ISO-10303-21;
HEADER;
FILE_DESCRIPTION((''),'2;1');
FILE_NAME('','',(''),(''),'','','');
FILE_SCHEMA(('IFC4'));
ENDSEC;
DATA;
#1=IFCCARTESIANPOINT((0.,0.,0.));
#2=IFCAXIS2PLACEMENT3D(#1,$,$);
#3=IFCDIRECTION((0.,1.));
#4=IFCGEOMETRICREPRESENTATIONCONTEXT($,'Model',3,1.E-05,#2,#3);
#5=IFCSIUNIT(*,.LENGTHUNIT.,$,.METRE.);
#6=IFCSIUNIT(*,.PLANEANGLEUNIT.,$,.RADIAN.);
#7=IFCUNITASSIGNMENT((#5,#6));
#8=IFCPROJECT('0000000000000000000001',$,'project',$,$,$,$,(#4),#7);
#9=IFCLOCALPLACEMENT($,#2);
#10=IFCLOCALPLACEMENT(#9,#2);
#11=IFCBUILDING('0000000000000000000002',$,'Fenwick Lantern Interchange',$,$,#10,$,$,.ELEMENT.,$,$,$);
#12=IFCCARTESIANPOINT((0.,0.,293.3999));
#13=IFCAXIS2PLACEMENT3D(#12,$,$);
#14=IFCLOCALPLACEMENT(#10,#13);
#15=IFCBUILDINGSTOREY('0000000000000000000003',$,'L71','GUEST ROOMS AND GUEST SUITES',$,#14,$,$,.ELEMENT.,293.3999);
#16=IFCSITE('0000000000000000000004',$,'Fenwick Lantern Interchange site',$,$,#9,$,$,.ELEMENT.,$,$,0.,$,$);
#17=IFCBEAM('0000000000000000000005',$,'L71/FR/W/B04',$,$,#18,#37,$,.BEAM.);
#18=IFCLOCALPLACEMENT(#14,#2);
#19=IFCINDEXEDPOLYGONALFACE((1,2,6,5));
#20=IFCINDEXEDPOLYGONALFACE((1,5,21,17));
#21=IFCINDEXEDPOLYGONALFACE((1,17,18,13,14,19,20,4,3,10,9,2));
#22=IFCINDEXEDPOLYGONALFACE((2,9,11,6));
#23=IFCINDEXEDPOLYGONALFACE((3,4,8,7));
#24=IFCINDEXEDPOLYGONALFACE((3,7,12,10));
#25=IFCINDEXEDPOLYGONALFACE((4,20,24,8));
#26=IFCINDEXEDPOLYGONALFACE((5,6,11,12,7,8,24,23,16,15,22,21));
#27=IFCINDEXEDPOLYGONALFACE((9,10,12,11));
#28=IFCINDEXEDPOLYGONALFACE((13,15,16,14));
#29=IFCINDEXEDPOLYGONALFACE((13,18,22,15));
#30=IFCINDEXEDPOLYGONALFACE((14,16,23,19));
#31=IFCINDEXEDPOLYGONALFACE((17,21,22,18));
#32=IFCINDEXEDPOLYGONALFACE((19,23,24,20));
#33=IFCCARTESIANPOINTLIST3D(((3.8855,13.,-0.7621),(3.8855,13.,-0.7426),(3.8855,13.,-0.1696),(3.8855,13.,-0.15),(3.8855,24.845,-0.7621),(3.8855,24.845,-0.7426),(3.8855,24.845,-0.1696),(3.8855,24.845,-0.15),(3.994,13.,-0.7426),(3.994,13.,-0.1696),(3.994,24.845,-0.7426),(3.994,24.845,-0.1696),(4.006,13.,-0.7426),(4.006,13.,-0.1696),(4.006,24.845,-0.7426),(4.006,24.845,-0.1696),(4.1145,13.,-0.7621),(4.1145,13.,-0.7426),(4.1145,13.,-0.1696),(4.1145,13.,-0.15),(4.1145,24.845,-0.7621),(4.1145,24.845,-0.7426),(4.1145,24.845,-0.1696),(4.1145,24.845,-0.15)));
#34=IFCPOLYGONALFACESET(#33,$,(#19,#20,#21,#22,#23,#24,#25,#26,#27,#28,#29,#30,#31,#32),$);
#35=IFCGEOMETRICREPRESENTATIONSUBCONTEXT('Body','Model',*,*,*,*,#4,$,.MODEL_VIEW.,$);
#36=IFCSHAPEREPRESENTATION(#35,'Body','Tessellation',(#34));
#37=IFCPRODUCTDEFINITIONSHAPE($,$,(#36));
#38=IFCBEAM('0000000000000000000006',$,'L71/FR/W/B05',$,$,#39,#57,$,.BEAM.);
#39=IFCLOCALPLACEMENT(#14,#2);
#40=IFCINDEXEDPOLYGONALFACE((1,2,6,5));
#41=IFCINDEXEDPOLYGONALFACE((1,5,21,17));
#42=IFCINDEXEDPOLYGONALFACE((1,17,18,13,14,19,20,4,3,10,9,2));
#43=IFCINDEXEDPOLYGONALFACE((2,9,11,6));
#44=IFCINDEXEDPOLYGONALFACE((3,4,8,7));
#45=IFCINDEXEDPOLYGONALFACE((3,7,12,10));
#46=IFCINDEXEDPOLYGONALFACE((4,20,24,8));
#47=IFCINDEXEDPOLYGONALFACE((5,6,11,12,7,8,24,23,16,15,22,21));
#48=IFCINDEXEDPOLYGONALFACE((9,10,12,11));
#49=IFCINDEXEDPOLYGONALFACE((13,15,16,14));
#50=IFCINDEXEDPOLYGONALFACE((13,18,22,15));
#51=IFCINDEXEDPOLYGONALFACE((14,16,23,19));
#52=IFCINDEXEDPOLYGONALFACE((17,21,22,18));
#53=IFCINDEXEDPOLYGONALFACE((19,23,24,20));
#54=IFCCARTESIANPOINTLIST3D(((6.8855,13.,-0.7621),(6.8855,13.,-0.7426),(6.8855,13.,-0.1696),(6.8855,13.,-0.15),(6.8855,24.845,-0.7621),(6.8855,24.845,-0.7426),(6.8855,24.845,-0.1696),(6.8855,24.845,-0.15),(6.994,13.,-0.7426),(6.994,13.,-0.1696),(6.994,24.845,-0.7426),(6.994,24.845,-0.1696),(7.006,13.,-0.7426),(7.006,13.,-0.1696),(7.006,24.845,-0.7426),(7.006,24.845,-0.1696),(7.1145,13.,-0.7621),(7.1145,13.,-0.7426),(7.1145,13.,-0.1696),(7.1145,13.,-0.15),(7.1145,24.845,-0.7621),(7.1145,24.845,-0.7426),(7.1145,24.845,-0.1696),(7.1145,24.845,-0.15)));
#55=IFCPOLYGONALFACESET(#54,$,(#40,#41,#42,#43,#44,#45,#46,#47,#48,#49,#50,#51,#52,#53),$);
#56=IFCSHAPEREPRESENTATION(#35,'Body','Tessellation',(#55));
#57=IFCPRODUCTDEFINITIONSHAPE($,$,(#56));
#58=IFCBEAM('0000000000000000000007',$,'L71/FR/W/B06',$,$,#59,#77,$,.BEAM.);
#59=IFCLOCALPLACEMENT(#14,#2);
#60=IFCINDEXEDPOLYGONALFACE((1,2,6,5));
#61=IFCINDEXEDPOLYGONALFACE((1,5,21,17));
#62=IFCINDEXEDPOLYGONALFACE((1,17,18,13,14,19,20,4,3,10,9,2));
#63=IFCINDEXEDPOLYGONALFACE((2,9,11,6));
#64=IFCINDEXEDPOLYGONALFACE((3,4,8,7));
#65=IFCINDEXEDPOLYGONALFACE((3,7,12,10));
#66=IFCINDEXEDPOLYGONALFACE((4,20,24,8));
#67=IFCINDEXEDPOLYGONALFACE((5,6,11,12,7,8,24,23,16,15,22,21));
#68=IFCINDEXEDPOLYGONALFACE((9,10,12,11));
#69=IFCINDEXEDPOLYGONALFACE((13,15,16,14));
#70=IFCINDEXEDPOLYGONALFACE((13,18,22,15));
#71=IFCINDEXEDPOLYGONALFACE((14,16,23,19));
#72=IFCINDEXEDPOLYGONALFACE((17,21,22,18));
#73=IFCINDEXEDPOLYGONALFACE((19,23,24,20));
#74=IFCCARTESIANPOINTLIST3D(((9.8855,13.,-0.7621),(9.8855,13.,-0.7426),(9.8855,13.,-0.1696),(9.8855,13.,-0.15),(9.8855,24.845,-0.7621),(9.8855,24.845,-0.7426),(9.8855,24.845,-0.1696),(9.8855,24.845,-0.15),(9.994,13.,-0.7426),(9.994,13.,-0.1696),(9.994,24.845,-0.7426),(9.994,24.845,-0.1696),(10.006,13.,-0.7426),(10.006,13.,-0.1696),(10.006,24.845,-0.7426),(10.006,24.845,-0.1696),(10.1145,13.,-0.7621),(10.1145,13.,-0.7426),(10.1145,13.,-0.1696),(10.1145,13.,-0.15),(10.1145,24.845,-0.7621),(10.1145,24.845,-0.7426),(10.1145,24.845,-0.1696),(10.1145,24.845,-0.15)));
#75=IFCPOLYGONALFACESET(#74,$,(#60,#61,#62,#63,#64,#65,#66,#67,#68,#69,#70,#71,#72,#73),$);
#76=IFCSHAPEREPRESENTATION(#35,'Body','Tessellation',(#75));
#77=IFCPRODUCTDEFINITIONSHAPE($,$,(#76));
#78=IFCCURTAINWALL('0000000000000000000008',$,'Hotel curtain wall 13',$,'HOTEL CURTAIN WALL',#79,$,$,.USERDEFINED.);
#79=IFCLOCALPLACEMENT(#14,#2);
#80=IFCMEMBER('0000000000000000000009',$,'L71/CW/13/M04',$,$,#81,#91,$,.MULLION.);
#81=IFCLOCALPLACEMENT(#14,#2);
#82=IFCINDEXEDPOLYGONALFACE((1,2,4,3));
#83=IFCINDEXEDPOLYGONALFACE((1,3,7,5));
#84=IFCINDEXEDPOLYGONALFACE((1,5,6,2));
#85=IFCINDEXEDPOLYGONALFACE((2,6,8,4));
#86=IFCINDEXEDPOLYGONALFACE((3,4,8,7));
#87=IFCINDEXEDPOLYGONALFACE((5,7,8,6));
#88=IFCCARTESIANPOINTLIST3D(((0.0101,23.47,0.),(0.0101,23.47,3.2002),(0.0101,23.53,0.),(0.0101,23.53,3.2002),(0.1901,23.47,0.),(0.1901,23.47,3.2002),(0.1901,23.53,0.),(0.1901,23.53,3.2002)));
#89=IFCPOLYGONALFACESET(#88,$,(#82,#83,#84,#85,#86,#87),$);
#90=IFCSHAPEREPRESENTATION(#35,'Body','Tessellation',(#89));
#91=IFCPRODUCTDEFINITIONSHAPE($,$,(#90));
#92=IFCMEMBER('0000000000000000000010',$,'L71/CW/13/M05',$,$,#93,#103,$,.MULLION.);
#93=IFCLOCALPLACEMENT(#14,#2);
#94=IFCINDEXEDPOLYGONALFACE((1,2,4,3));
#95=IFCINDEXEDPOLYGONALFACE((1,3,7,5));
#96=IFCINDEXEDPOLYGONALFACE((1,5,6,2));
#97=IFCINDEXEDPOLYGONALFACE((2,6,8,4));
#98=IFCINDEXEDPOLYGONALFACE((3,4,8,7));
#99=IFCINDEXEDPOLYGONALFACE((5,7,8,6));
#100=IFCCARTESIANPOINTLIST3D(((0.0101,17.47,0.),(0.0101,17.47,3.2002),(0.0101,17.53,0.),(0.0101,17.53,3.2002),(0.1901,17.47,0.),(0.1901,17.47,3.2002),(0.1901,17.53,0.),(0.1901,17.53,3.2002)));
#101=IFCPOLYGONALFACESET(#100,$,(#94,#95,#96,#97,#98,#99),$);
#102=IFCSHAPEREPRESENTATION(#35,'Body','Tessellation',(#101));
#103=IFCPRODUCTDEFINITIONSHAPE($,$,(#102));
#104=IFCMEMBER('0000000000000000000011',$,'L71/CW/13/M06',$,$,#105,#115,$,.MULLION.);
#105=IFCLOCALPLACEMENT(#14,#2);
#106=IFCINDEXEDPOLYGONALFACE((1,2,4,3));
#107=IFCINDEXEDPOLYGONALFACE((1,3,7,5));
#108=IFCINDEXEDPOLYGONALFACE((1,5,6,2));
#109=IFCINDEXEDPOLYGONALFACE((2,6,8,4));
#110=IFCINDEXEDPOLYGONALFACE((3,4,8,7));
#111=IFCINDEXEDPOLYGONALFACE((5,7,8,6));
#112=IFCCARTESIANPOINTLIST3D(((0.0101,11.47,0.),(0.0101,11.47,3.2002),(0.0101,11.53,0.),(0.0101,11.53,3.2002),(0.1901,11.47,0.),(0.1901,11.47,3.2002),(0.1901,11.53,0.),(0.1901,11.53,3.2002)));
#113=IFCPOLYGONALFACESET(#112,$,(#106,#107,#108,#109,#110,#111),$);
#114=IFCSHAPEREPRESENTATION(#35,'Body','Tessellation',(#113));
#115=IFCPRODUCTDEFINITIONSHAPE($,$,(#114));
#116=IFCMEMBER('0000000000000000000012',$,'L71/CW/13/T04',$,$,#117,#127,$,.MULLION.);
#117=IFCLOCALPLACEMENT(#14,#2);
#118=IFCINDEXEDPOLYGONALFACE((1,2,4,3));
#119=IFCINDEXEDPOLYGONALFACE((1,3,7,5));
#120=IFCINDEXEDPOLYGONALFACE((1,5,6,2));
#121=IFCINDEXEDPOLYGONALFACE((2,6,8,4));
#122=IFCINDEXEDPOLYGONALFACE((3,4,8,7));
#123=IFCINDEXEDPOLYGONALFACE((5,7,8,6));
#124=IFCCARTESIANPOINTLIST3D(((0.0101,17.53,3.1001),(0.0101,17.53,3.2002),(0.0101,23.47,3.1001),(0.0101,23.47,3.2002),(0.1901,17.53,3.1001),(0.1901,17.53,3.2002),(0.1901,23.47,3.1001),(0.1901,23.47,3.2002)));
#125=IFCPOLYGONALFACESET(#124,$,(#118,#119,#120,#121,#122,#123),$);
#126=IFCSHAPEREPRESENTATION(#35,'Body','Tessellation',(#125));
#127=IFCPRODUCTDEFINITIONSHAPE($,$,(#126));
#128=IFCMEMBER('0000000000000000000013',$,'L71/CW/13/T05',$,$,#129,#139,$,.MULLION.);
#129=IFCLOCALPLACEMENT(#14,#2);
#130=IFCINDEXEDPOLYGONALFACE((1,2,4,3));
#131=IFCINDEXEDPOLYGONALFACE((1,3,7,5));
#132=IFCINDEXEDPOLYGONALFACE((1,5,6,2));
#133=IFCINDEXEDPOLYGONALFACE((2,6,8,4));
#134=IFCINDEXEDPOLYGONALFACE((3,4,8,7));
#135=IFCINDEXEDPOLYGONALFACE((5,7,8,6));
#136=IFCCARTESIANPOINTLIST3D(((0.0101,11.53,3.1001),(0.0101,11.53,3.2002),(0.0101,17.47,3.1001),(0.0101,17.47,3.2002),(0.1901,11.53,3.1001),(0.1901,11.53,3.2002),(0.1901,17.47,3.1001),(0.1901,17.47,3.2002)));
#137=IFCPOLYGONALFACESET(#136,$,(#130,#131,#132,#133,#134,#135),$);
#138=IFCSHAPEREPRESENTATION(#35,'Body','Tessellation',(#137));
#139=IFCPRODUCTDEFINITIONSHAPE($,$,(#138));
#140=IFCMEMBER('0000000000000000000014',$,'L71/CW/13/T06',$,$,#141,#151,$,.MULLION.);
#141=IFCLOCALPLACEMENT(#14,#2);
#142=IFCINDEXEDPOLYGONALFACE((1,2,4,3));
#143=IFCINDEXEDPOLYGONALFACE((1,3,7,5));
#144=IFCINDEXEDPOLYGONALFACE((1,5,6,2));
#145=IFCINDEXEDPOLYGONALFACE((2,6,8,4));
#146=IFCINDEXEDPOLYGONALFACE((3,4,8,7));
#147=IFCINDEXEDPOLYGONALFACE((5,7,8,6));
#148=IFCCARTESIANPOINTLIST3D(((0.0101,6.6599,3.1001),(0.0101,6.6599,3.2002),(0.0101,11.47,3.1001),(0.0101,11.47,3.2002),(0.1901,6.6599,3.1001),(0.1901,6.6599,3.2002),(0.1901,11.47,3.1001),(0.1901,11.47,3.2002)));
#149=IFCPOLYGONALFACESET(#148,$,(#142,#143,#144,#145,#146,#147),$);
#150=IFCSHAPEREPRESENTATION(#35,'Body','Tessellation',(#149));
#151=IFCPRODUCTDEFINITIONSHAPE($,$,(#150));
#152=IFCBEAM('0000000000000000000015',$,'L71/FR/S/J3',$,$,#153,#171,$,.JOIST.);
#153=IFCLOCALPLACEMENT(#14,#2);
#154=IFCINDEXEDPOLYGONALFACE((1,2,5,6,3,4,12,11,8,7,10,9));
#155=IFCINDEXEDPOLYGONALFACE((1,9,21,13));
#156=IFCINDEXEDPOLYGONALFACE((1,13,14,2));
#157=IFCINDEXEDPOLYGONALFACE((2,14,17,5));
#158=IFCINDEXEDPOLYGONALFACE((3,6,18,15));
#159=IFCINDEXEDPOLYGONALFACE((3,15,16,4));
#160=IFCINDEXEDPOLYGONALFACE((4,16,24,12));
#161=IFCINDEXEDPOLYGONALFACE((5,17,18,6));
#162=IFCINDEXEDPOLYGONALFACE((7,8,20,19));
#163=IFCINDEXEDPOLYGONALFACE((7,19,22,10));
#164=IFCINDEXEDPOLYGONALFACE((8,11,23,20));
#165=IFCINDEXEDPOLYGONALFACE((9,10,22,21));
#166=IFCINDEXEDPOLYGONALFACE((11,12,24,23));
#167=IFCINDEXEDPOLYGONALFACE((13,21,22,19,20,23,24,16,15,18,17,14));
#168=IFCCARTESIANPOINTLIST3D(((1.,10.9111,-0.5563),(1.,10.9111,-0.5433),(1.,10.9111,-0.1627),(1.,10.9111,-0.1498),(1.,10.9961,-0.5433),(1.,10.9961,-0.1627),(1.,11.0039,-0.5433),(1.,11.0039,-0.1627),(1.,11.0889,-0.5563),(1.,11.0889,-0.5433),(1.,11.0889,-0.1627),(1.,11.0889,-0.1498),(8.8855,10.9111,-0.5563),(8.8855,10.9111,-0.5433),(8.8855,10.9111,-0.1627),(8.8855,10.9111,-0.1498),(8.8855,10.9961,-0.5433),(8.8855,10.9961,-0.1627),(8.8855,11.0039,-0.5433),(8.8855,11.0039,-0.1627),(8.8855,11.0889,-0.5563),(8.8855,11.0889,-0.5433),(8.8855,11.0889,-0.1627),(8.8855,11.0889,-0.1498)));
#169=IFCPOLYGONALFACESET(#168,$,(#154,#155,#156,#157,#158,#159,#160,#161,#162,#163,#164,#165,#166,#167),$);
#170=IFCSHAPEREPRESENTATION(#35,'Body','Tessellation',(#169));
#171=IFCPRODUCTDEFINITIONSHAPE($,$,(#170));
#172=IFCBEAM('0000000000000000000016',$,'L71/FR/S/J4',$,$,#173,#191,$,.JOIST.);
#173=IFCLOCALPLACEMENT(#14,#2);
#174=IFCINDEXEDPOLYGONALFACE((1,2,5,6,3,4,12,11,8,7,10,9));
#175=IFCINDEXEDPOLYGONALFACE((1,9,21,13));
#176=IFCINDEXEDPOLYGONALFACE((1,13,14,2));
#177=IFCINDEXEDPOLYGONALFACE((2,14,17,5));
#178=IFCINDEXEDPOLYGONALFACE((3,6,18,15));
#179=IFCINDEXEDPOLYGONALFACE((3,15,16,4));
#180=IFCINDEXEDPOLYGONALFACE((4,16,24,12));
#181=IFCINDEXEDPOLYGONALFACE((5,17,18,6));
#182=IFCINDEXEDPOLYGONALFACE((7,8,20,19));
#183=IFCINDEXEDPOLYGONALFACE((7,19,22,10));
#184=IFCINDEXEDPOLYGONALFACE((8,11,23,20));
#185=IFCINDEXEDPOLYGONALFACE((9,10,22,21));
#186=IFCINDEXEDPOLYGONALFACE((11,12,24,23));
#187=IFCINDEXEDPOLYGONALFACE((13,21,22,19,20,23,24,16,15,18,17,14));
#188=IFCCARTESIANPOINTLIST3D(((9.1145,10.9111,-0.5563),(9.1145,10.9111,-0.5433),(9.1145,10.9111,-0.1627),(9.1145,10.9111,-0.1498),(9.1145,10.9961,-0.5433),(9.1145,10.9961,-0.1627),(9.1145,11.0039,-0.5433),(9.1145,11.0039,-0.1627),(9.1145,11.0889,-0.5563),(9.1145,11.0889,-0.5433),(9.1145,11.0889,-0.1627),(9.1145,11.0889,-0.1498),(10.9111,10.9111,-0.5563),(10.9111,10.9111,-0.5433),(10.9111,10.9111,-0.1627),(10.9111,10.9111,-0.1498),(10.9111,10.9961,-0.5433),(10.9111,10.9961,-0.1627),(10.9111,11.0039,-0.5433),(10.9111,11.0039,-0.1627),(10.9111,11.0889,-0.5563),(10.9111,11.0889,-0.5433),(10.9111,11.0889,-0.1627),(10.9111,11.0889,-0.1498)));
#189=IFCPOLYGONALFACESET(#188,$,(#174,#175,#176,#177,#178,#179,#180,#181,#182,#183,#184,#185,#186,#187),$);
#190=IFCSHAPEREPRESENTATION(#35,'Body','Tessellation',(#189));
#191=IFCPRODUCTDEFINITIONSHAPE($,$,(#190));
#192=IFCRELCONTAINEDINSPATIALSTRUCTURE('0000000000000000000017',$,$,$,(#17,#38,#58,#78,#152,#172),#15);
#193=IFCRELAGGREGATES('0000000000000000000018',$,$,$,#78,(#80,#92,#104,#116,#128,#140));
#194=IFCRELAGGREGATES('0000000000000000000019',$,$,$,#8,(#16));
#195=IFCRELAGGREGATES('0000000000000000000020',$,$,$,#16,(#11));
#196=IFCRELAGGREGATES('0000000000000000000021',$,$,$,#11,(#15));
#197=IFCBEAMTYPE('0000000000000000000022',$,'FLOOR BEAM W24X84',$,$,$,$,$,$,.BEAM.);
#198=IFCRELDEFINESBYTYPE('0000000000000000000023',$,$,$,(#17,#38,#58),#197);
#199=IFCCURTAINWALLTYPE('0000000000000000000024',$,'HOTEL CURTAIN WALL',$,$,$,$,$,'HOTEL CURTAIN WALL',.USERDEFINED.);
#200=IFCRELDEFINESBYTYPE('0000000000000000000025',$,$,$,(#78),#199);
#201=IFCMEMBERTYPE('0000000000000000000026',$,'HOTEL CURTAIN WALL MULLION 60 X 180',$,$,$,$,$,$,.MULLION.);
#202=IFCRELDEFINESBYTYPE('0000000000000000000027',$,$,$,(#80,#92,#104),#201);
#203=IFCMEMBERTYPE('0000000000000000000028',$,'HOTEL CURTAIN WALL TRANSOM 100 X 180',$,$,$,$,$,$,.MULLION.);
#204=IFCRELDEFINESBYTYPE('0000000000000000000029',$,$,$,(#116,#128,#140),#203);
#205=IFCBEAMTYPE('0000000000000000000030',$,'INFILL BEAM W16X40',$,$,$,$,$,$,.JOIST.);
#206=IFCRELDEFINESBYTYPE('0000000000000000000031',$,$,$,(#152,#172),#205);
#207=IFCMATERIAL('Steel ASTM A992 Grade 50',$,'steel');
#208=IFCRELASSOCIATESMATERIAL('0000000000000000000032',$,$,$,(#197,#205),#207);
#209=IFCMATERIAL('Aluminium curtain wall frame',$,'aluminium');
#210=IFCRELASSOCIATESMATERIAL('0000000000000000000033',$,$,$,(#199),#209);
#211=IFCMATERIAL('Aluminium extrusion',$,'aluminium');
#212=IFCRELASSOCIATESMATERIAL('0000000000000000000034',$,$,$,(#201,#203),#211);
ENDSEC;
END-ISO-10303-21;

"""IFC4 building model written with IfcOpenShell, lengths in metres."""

from ifc_helpers import new_model, si_unit, direction, frame, origin, origin_2d, place, context, subcontext, project, spatial, rectangle, i_section, extrude, material, material_profile, profile_set, type_object, element, aggregate, save


model = new_model("IFC4")

# Units and contexts
model_context = context("Model", 3, precision=1e-05, world=origin(), true_north=direction((0.0, 1.0)))
body_context = subcontext(model_context, "Body", "Model", "MODEL_VIEW")
ifc_project = project(units=[si_unit("LENGTHUNIT", "METRE"), si_unit("PLANEANGLEUNIT", "RADIAN")], contexts=[model_context])

# Site, building, storey
site_placement = place(None, origin())
site = spatial("IfcSite", under=ifc_project, at=site_placement, Name="Fenwick Lantern Interchange site", CompositionType="ELEMENT", RefElevation=0.0)
building_placement = place(site_placement, origin())
building = spatial("IfcBuilding", under=site, at=building_placement, Name="Fenwick Lantern Interchange", CompositionType="ELEMENT")
storey_placement = place(building_placement, frame((0.0, 0.0, 293.3999)))
storey = spatial("IfcBuildingStorey", under=building, at=storey_placement, Name="L71", Description="GUEST ROOMS AND GUEST SUITES", CompositionType="ELEMENT", Elevation=293.3999)

# Shared definitions
ifc_material_1 = material(Name="Steel ASTM A992 Grade 50", Category="steel")

# Beams
ifc_material_profile_1 = material_profile(ifc_material_1, i_section(OverallWidth=0.229, OverallDepth=0.6121, WebThickness=0.012, FlangeThickness=0.0195, at=origin_2d()), Name="W24X84")
ifc_profile_set_1 = profile_set([ifc_material_profile_1], Name="Steel ASTM A992 Grade 50")
beam_type_1 = type_object("IfcBeamType", Name="FLOOR BEAM W24X84", PredefinedType="BEAM", material=ifc_profile_set_1)
for number, where, z_axis, x_axis, name in (
    (1, (4.0, 24.845, -0.4561), (0.0, -1.0, 0.0), (1.0, 0.0, 0.0), "L71/FR/W/B04"),
    (2, (7.0, 24.845, -0.4561), (0.0, -1.0, 0.0), (1.0, 0.0, 0.0), "L71/FR/W/B05"),
    (3, (10.0, 24.845, -0.4561), (0.0, -1.0, 0.0), (1.0, 0.0, 0.0), "L71/FR/W/B06"),
):
    element("IfcBeam", number, at=place(storey_placement, frame(where, z_axis=z_axis, x_axis=x_axis)), inside=storey, type_object=beam_type_1, Name=name, PredefinedType="BEAM", context=body_context, shape_type="SweptSolid", body=[
        extrude(i_section(OverallWidth=0.229, OverallDepth=0.6121, WebThickness=0.012, FlangeThickness=0.0195, at=origin_2d()), origin(), (0.0, 0.0, 1.0), 11.845),
    ])

# Curtain wall, members
ifc_material_2 = material(Name="Aluminium curtain wall frame", Category="aluminium")
curtain_wall_type = type_object("IfcCurtainWallType", Name="HOTEL CURTAIN WALL", ElementType="HOTEL CURTAIN WALL", PredefinedType="USERDEFINED", material=ifc_material_2)
curtain_wall_placement = place(storey_placement, origin())
curtain_wall = element("IfcCurtainWall", 4, at=curtain_wall_placement, inside=storey, type_object=curtain_wall_type, Name="Hotel curtain wall 13", ObjectType="HOTEL CURTAIN WALL", PredefinedType="USERDEFINED")
ifc_material_3 = material(Name="Aluminium extrusion", Category="aluminium")
ifc_material_profile_2 = material_profile(ifc_material_3, rectangle(XDim=0.1799, YDim=0.0601, at=origin_2d()), Name="HOTEL CURTAIN WALL MULLION 60 X 180")
ifc_profile_set_2 = profile_set([ifc_material_profile_2], Name="Aluminium extrusion")
member_type_1 = type_object("IfcMemberType", Name="HOTEL CURTAIN WALL MULLION 60 X 180", PredefinedType="MULLION", material=ifc_profile_set_2)
member_1_placement = place(storey_placement, frame((0.1001, 23.5, 0.0), z_axis=(0.0, 0.0, 1.0), x_axis=(1.0, 0.0, 0.0)))
member_1 = element("IfcMember", 5, at=member_1_placement, type_object=member_type_1, Name="L71/CW/13/M04", PredefinedType="MULLION", context=body_context, shape_type="SweptSolid", body=[
    extrude(rectangle(XDim=0.1799, YDim=0.0601, at=origin_2d()), origin(), (0.0, 0.0, 1.0), 3.2002),
])
member_2_placement = place(storey_placement, frame((0.1001, 17.5, 0.0), z_axis=(0.0, 0.0, 1.0), x_axis=(1.0, 0.0, 0.0)))
member_2 = element("IfcMember", 6, at=member_2_placement, type_object=member_type_1, Name="L71/CW/13/M05", PredefinedType="MULLION", context=body_context, shape_type="SweptSolid", body=[
    extrude(rectangle(XDim=0.1799, YDim=0.0601, at=origin_2d()), origin(), (0.0, 0.0, 1.0), 3.2002),
])
member_3_placement = place(storey_placement, frame((0.1001, 11.5, 0.0), z_axis=(0.0, 0.0, 1.0), x_axis=(1.0, 0.0, 0.0)))
member_3 = element("IfcMember", 7, at=member_3_placement, type_object=member_type_1, Name="L71/CW/13/M06", PredefinedType="MULLION", context=body_context, shape_type="SweptSolid", body=[
    extrude(rectangle(XDim=0.1799, YDim=0.0601, at=origin_2d()), origin(), (0.0, 0.0, 1.0), 3.2002),
])
ifc_material_profile_3 = material_profile(ifc_material_3, rectangle(XDim=0.1799, YDim=0.1001, at=origin_2d()), Name="HOTEL CURTAIN WALL TRANSOM 100 X 180")
ifc_profile_set_3 = profile_set([ifc_material_profile_3], Name="Aluminium extrusion")
member_type_2 = type_object("IfcMemberType", Name="HOTEL CURTAIN WALL TRANSOM 100 X 180", PredefinedType="MULLION", material=ifc_profile_set_3)
member_4_placement = place(storey_placement, frame((0.1001, 23.47, 3.1501), z_axis=(0.0, -1.0, 0.0), x_axis=(1.0, 0.0, 0.0)))
member_4 = element("IfcMember", 8, at=member_4_placement, type_object=member_type_2, Name="L71/CW/13/T04", PredefinedType="MULLION", context=body_context, shape_type="SweptSolid", body=[
    extrude(rectangle(XDim=0.1799, YDim=0.1001, at=origin_2d()), origin(), (0.0, 0.0, 1.0), 5.9399),
])
member_5_placement = place(storey_placement, frame((0.1001, 17.47, 3.1501), z_axis=(0.0, -1.0, 0.0), x_axis=(1.0, 0.0, 0.0)))
member_5 = element("IfcMember", 9, at=member_5_placement, type_object=member_type_2, Name="L71/CW/13/T05", PredefinedType="MULLION", context=body_context, shape_type="SweptSolid", body=[
    extrude(rectangle(XDim=0.1799, YDim=0.1001, at=origin_2d()), origin(), (0.0, 0.0, 1.0), 5.9399),
])
member_6_placement = place(storey_placement, frame((0.1001, 11.47, 3.1501), z_axis=(0.0, -1.0, 0.0), x_axis=(1.0, 0.0, 0.0)))
member_6 = element("IfcMember", 10, at=member_6_placement, type_object=member_type_2, Name="L71/CW/13/T06", PredefinedType="MULLION", context=body_context, shape_type="SweptSolid", body=[
    extrude(rectangle(XDim=0.1799, YDim=0.1001, at=origin_2d()), origin(), (0.0, 0.0, 1.0), 4.8101),
])
aggregate(curtain_wall, [member_1, member_2, member_3, member_4, member_5, member_6])

# Beams
ifc_material_profile_4 = material_profile(ifc_material_1, i_section(OverallWidth=0.1777, OverallDepth=0.4065, WebThickness=0.0078, FlangeThickness=0.0129, at=origin_2d()), Name="W16X40")
ifc_profile_set_4 = profile_set([ifc_material_profile_4], Name="Steel ASTM A992 Grade 50")
beam_type_2 = type_object("IfcBeamType", Name="INFILL BEAM W16X40", PredefinedType="JOIST", material=ifc_profile_set_4)
beam_1_placement = place(storey_placement, frame((1.0, 11.0, -0.353), z_axis=(1.0, 0.0, 0.0), x_axis=(0.0, 1.0, 0.0)))
element("IfcBeam", 11, at=beam_1_placement, inside=storey, type_object=beam_type_2, Name="L71/FR/S/J3", PredefinedType="JOIST", context=body_context, shape_type="SweptSolid", body=[
    extrude(i_section(OverallWidth=0.1777, OverallDepth=0.4065, WebThickness=0.0078, FlangeThickness=0.0129, at=origin_2d()), origin(), (0.0, 0.0, 1.0), 7.8855),
])
beam_2_placement = place(storey_placement, frame((9.1145, 11.0, -0.353), z_axis=(1.0, 0.0, 0.0), x_axis=(0.0, 1.0, 0.0)))
element("IfcBeam", 12, at=beam_2_placement, inside=storey, type_object=beam_type_2, Name="L71/FR/S/J4", PredefinedType="JOIST", context=body_context, shape_type="SweptSolid", body=[
    extrude(i_section(OverallWidth=0.1777, OverallDepth=0.4065, WebThickness=0.0078, FlangeThickness=0.0129, at=origin_2d()), origin(), (0.0, 0.0, 1.0), 1.7966),
])

save(model, "model.ifc")
